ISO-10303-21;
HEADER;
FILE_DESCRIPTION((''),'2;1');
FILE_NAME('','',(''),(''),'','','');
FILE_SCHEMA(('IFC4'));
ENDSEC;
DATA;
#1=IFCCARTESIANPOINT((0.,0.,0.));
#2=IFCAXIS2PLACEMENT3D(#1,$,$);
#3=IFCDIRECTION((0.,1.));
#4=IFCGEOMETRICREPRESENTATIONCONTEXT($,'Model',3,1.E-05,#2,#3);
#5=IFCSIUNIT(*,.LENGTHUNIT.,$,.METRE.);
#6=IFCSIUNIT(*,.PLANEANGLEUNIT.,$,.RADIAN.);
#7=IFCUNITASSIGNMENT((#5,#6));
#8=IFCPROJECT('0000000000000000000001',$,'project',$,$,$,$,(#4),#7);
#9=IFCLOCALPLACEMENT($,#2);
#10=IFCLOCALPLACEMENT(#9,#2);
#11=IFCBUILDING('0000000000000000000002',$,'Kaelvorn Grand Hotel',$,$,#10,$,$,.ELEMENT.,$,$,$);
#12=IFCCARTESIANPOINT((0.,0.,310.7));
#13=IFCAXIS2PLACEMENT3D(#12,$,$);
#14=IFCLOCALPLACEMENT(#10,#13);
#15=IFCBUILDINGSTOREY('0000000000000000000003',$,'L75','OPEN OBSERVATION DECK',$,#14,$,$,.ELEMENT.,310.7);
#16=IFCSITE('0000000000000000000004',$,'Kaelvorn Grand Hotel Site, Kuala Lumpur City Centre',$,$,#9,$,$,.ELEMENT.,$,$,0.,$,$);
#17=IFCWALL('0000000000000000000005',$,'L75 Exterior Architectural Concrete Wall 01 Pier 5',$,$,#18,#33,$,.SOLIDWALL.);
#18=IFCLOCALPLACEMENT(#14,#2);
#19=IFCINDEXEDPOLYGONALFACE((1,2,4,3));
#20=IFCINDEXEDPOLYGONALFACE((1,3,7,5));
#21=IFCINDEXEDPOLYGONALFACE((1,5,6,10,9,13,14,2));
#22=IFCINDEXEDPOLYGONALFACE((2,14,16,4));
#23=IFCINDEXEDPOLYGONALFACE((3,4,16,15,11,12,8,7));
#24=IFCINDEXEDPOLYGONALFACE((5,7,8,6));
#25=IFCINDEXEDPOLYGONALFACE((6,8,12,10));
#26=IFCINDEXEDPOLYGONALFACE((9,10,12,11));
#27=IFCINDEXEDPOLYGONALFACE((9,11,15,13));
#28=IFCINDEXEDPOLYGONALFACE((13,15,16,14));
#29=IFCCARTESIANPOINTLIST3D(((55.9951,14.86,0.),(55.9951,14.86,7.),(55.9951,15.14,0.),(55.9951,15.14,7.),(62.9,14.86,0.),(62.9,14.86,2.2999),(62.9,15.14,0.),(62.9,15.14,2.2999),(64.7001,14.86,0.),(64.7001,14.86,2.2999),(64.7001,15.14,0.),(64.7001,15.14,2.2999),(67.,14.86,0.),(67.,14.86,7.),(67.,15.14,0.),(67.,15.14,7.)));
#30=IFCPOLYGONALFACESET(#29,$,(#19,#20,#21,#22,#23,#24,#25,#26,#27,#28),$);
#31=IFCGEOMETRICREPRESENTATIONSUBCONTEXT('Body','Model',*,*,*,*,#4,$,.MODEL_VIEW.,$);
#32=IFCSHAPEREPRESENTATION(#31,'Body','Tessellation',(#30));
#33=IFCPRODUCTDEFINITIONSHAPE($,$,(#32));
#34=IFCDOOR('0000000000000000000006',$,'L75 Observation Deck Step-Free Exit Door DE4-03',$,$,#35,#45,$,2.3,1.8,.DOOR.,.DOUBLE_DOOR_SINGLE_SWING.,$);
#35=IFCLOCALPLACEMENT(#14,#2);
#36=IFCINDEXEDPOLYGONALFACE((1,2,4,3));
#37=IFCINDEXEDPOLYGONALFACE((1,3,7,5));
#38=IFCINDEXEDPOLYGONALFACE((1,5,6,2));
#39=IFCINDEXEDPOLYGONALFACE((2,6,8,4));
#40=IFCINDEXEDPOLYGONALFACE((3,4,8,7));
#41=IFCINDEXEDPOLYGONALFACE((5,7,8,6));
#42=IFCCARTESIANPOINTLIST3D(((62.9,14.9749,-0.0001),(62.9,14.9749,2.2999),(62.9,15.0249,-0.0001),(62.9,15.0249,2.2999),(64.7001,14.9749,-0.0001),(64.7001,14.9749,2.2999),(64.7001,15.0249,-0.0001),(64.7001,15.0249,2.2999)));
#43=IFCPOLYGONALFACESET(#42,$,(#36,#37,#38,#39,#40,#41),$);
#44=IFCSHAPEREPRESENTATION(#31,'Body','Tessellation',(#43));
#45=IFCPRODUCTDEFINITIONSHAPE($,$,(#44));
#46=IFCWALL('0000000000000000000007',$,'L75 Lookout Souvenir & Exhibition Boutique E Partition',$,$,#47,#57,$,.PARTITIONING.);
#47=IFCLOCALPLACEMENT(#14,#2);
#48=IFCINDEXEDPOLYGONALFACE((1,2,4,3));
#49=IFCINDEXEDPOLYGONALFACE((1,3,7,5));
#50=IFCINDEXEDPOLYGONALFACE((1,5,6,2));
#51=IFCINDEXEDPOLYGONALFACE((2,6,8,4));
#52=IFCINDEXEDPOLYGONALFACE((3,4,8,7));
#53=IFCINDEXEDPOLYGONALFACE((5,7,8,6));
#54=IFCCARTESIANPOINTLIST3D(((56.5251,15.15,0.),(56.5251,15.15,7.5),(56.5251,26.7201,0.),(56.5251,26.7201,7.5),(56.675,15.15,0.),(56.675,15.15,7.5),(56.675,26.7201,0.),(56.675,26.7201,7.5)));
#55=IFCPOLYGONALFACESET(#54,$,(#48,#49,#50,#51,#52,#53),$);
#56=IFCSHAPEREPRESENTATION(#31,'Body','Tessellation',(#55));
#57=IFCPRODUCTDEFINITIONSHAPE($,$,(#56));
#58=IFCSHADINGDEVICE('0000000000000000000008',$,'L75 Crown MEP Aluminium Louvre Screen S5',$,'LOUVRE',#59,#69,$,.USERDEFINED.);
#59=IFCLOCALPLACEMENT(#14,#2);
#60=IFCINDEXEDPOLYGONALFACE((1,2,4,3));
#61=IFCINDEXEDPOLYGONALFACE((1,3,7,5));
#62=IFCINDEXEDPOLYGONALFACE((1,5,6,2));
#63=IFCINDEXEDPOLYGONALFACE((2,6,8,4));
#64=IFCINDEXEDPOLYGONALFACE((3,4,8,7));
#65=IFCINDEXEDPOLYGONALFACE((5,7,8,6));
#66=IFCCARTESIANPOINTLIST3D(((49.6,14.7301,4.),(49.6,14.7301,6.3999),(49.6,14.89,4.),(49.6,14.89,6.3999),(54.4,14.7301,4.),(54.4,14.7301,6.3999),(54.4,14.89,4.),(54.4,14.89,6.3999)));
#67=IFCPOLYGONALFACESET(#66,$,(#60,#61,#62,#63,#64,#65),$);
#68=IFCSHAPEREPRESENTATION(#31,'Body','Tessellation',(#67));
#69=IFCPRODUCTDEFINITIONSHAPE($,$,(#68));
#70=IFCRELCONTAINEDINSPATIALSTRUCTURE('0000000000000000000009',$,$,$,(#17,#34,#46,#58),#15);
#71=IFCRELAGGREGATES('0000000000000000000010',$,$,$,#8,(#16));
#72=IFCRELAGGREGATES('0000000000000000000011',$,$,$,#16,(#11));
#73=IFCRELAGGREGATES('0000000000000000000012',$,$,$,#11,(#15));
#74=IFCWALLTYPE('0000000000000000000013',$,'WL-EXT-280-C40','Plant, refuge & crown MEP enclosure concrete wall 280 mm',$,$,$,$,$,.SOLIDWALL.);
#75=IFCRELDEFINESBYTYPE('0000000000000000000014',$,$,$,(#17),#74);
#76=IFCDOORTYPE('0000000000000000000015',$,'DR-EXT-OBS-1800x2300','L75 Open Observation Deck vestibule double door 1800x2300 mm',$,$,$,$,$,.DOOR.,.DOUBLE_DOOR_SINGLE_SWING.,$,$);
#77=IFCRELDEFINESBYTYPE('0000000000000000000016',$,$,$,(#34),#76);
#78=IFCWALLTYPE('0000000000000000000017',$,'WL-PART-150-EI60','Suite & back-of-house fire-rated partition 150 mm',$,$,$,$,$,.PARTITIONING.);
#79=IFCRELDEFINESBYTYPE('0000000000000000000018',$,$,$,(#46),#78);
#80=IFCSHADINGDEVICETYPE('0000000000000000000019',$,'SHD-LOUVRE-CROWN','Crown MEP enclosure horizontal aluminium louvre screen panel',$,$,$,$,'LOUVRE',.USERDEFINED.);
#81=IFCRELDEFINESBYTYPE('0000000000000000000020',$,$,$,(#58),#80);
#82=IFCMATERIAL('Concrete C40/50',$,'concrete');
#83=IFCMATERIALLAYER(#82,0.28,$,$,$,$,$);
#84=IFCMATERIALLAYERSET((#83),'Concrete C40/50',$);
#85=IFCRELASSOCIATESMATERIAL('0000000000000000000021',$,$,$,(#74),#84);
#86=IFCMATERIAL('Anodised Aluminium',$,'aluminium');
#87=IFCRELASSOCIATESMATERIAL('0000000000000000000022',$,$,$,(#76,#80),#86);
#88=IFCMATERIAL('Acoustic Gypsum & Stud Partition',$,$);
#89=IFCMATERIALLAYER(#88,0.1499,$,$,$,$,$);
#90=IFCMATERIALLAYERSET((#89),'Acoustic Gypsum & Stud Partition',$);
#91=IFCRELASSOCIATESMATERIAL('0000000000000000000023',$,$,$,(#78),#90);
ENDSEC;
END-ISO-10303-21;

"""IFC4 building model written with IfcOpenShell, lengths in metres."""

from ifc_helpers import new_model, si_unit, direction, frame, frame_2d, origin, origin_2d, place, context, subcontext, project, spatial, rectangle, extrude, material, layer, layer_set, type_object, element, fill, save


model = new_model("IFC4")

# Units and contexts
model_context = context("Model", 3, precision=1e-05, world=origin(), true_north=direction((0.0, 1.0)))
body_context = subcontext(model_context, "Body", "Model", "MODEL_VIEW")
ifc_project = project(units=[si_unit("LENGTHUNIT", "METRE"), si_unit("PLANEANGLEUNIT", "RADIAN")], contexts=[model_context])

# Site, building, storey
site_placement = place(None, origin())
site = spatial("IfcSite", under=ifc_project, at=site_placement, Name="Kaelvorn Grand Hotel Site, Kuala Lumpur City Centre", CompositionType="ELEMENT", RefElevation=0.0)
building_placement = place(site_placement, origin())
building = spatial("IfcBuilding", under=site, at=building_placement, Name="Kaelvorn Grand Hotel", CompositionType="ELEMENT")
storey_placement = place(building_placement, frame((0.0, 0.0, 310.7)))
storey = spatial("IfcBuildingStorey", under=building, at=storey_placement, Name="L75", Description="OPEN OBSERVATION DECK", CompositionType="ELEMENT", Elevation=310.7)

# Shared definitions
ifc_material_1 = material(Name="Anodised Aluminium", Category="aluminium")

# Shared definitions
ifc_material_2 = material(Name="Concrete C40/50", Category="concrete")
ifc_layer_1 = layer(ifc_material_2, 0.28)
ifc_layer_set_1 = layer_set([ifc_layer_1], Name="Concrete C40/50")
wall_type_1 = type_object("IfcWallType", Name="WL-EXT-280-C40", Description="Plant, refuge & crown MEP enclosure concrete wall 280 mm", PredefinedType="SOLIDWALL", material=ifc_layer_set_1)

# Wall, opening, door
wall_1_placement = place(storey_placement, frame((55.9951, 15.0, 0.0), z_axis=(0.0, 0.0, 1.0), x_axis=(1.0, 0.0, 0.0)))
wall_1 = element("IfcWall", 1, at=wall_1_placement, inside=storey, type_object=wall_type_1, Name="L75 Exterior Architectural Concrete Wall 01 Pier 5", PredefinedType="SOLIDWALL", context=body_context, shape_type="SweptSolid", body=[
    extrude(rectangle(XDim=11.0049, YDim=0.28, at=frame_2d((5.5024, 0.0))), origin(), (0.0, 0.0, 1.0), 7.0),
])
opening_placement = place(wall_1_placement, frame((6.905, 0.0, 0.0)))
opening = element("IfcOpeningElement", 2, at=opening_placement, cuts=wall_1, PredefinedType="OPENING", context=body_context, shape_type="SweptSolid", body=[
    extrude(rectangle(XDim=1.8, YDim=2.3, at=frame_2d((0.8999, 1.1499))), frame((0.0, 0.1499, 0.0), z_axis=(0.0, -1.0, 0.0), x_axis=(1.0, 0.0, 0.0)), (0.0, 0.0, 1.0), 0.3),
])
door_type = type_object("IfcDoorType", Name="DR-EXT-OBS-1800x2300", Description="L75 Open Observation Deck vestibule double door 1800x2300 mm", OperationType="DOUBLE_DOOR_SINGLE_SWING", PredefinedType="DOOR", material=ifc_material_1)
door_placement = place(opening_placement, origin())
door = element("IfcDoor", 3, at=door_placement, inside=storey, type_object=door_type, Name="L75 Observation Deck Step-Free Exit Door DE4-03", OperationType="DOUBLE_DOOR_SINGLE_SWING", OverallHeight=2.3, OverallWidth=1.8, PredefinedType="DOOR", context=body_context, shape_type="SweptSolid", body=[
    extrude(rectangle(XDim=1.8, YDim=2.3, at=frame_2d((0.8999, 1.1499))), frame((0.0, 0.0249, 0.0), z_axis=(0.0, -1.0, 0.0), x_axis=(1.0, 0.0, 0.0)), (0.0, 0.0, 1.0), 0.05),
])
fill(opening, door)

# Wall
ifc_material_3 = material(Name="Acoustic Gypsum & Stud Partition")
ifc_layer_2 = layer(ifc_material_3, 0.1499)
ifc_layer_set_2 = layer_set([ifc_layer_2], Name="Acoustic Gypsum & Stud Partition")
wall_type_2 = type_object("IfcWallType", Name="WL-PART-150-EI60", Description="Suite & back-of-house fire-rated partition 150 mm", PredefinedType="PARTITIONING", material=ifc_layer_set_2)
wall_2_placement = place(storey_placement, frame((56.6001, 15.1499, 0.0), z_axis=(0.0, 0.0, 1.0), x_axis=(0.0, 1.0, 0.0)))
element("IfcWall", 4, at=wall_2_placement, inside=storey, type_object=wall_type_2, Name="L75 Lookout Souvenir & Exhibition Boutique E Partition", PredefinedType="PARTITIONING", context=body_context, shape_type="SweptSolid", body=[
    extrude(rectangle(XDim=11.5701, YDim=0.1499, at=frame_2d((5.7852, 0.0))), origin(), (0.0, 0.0, 1.0), 7.5),
])

# Shading device
shading_device_type = type_object("IfcShadingDeviceType", Name="SHD-LOUVRE-CROWN", Description="Crown MEP enclosure horizontal aluminium louvre screen panel", ElementType="LOUVRE", PredefinedType="USERDEFINED", material=ifc_material_1)
shading_device_placement = place(storey_placement, frame((52.0, 14.8101, 4.0), z_axis=(0.0, 0.0, 1.0), x_axis=(1.0, 0.0, 0.0)))
element("IfcShadingDevice", 5, at=shading_device_placement, inside=storey, type_object=shading_device_type, Name="L75 Crown MEP Aluminium Louvre Screen S5", ObjectType="LOUVRE", PredefinedType="USERDEFINED", context=body_context, shape_type="SweptSolid", body=[
    extrude(rectangle(XDim=4.8, YDim=0.1599, at=origin_2d()), origin(), (0.0, 0.0, 1.0), 2.3999),
])

save(model, "model.ifc")
